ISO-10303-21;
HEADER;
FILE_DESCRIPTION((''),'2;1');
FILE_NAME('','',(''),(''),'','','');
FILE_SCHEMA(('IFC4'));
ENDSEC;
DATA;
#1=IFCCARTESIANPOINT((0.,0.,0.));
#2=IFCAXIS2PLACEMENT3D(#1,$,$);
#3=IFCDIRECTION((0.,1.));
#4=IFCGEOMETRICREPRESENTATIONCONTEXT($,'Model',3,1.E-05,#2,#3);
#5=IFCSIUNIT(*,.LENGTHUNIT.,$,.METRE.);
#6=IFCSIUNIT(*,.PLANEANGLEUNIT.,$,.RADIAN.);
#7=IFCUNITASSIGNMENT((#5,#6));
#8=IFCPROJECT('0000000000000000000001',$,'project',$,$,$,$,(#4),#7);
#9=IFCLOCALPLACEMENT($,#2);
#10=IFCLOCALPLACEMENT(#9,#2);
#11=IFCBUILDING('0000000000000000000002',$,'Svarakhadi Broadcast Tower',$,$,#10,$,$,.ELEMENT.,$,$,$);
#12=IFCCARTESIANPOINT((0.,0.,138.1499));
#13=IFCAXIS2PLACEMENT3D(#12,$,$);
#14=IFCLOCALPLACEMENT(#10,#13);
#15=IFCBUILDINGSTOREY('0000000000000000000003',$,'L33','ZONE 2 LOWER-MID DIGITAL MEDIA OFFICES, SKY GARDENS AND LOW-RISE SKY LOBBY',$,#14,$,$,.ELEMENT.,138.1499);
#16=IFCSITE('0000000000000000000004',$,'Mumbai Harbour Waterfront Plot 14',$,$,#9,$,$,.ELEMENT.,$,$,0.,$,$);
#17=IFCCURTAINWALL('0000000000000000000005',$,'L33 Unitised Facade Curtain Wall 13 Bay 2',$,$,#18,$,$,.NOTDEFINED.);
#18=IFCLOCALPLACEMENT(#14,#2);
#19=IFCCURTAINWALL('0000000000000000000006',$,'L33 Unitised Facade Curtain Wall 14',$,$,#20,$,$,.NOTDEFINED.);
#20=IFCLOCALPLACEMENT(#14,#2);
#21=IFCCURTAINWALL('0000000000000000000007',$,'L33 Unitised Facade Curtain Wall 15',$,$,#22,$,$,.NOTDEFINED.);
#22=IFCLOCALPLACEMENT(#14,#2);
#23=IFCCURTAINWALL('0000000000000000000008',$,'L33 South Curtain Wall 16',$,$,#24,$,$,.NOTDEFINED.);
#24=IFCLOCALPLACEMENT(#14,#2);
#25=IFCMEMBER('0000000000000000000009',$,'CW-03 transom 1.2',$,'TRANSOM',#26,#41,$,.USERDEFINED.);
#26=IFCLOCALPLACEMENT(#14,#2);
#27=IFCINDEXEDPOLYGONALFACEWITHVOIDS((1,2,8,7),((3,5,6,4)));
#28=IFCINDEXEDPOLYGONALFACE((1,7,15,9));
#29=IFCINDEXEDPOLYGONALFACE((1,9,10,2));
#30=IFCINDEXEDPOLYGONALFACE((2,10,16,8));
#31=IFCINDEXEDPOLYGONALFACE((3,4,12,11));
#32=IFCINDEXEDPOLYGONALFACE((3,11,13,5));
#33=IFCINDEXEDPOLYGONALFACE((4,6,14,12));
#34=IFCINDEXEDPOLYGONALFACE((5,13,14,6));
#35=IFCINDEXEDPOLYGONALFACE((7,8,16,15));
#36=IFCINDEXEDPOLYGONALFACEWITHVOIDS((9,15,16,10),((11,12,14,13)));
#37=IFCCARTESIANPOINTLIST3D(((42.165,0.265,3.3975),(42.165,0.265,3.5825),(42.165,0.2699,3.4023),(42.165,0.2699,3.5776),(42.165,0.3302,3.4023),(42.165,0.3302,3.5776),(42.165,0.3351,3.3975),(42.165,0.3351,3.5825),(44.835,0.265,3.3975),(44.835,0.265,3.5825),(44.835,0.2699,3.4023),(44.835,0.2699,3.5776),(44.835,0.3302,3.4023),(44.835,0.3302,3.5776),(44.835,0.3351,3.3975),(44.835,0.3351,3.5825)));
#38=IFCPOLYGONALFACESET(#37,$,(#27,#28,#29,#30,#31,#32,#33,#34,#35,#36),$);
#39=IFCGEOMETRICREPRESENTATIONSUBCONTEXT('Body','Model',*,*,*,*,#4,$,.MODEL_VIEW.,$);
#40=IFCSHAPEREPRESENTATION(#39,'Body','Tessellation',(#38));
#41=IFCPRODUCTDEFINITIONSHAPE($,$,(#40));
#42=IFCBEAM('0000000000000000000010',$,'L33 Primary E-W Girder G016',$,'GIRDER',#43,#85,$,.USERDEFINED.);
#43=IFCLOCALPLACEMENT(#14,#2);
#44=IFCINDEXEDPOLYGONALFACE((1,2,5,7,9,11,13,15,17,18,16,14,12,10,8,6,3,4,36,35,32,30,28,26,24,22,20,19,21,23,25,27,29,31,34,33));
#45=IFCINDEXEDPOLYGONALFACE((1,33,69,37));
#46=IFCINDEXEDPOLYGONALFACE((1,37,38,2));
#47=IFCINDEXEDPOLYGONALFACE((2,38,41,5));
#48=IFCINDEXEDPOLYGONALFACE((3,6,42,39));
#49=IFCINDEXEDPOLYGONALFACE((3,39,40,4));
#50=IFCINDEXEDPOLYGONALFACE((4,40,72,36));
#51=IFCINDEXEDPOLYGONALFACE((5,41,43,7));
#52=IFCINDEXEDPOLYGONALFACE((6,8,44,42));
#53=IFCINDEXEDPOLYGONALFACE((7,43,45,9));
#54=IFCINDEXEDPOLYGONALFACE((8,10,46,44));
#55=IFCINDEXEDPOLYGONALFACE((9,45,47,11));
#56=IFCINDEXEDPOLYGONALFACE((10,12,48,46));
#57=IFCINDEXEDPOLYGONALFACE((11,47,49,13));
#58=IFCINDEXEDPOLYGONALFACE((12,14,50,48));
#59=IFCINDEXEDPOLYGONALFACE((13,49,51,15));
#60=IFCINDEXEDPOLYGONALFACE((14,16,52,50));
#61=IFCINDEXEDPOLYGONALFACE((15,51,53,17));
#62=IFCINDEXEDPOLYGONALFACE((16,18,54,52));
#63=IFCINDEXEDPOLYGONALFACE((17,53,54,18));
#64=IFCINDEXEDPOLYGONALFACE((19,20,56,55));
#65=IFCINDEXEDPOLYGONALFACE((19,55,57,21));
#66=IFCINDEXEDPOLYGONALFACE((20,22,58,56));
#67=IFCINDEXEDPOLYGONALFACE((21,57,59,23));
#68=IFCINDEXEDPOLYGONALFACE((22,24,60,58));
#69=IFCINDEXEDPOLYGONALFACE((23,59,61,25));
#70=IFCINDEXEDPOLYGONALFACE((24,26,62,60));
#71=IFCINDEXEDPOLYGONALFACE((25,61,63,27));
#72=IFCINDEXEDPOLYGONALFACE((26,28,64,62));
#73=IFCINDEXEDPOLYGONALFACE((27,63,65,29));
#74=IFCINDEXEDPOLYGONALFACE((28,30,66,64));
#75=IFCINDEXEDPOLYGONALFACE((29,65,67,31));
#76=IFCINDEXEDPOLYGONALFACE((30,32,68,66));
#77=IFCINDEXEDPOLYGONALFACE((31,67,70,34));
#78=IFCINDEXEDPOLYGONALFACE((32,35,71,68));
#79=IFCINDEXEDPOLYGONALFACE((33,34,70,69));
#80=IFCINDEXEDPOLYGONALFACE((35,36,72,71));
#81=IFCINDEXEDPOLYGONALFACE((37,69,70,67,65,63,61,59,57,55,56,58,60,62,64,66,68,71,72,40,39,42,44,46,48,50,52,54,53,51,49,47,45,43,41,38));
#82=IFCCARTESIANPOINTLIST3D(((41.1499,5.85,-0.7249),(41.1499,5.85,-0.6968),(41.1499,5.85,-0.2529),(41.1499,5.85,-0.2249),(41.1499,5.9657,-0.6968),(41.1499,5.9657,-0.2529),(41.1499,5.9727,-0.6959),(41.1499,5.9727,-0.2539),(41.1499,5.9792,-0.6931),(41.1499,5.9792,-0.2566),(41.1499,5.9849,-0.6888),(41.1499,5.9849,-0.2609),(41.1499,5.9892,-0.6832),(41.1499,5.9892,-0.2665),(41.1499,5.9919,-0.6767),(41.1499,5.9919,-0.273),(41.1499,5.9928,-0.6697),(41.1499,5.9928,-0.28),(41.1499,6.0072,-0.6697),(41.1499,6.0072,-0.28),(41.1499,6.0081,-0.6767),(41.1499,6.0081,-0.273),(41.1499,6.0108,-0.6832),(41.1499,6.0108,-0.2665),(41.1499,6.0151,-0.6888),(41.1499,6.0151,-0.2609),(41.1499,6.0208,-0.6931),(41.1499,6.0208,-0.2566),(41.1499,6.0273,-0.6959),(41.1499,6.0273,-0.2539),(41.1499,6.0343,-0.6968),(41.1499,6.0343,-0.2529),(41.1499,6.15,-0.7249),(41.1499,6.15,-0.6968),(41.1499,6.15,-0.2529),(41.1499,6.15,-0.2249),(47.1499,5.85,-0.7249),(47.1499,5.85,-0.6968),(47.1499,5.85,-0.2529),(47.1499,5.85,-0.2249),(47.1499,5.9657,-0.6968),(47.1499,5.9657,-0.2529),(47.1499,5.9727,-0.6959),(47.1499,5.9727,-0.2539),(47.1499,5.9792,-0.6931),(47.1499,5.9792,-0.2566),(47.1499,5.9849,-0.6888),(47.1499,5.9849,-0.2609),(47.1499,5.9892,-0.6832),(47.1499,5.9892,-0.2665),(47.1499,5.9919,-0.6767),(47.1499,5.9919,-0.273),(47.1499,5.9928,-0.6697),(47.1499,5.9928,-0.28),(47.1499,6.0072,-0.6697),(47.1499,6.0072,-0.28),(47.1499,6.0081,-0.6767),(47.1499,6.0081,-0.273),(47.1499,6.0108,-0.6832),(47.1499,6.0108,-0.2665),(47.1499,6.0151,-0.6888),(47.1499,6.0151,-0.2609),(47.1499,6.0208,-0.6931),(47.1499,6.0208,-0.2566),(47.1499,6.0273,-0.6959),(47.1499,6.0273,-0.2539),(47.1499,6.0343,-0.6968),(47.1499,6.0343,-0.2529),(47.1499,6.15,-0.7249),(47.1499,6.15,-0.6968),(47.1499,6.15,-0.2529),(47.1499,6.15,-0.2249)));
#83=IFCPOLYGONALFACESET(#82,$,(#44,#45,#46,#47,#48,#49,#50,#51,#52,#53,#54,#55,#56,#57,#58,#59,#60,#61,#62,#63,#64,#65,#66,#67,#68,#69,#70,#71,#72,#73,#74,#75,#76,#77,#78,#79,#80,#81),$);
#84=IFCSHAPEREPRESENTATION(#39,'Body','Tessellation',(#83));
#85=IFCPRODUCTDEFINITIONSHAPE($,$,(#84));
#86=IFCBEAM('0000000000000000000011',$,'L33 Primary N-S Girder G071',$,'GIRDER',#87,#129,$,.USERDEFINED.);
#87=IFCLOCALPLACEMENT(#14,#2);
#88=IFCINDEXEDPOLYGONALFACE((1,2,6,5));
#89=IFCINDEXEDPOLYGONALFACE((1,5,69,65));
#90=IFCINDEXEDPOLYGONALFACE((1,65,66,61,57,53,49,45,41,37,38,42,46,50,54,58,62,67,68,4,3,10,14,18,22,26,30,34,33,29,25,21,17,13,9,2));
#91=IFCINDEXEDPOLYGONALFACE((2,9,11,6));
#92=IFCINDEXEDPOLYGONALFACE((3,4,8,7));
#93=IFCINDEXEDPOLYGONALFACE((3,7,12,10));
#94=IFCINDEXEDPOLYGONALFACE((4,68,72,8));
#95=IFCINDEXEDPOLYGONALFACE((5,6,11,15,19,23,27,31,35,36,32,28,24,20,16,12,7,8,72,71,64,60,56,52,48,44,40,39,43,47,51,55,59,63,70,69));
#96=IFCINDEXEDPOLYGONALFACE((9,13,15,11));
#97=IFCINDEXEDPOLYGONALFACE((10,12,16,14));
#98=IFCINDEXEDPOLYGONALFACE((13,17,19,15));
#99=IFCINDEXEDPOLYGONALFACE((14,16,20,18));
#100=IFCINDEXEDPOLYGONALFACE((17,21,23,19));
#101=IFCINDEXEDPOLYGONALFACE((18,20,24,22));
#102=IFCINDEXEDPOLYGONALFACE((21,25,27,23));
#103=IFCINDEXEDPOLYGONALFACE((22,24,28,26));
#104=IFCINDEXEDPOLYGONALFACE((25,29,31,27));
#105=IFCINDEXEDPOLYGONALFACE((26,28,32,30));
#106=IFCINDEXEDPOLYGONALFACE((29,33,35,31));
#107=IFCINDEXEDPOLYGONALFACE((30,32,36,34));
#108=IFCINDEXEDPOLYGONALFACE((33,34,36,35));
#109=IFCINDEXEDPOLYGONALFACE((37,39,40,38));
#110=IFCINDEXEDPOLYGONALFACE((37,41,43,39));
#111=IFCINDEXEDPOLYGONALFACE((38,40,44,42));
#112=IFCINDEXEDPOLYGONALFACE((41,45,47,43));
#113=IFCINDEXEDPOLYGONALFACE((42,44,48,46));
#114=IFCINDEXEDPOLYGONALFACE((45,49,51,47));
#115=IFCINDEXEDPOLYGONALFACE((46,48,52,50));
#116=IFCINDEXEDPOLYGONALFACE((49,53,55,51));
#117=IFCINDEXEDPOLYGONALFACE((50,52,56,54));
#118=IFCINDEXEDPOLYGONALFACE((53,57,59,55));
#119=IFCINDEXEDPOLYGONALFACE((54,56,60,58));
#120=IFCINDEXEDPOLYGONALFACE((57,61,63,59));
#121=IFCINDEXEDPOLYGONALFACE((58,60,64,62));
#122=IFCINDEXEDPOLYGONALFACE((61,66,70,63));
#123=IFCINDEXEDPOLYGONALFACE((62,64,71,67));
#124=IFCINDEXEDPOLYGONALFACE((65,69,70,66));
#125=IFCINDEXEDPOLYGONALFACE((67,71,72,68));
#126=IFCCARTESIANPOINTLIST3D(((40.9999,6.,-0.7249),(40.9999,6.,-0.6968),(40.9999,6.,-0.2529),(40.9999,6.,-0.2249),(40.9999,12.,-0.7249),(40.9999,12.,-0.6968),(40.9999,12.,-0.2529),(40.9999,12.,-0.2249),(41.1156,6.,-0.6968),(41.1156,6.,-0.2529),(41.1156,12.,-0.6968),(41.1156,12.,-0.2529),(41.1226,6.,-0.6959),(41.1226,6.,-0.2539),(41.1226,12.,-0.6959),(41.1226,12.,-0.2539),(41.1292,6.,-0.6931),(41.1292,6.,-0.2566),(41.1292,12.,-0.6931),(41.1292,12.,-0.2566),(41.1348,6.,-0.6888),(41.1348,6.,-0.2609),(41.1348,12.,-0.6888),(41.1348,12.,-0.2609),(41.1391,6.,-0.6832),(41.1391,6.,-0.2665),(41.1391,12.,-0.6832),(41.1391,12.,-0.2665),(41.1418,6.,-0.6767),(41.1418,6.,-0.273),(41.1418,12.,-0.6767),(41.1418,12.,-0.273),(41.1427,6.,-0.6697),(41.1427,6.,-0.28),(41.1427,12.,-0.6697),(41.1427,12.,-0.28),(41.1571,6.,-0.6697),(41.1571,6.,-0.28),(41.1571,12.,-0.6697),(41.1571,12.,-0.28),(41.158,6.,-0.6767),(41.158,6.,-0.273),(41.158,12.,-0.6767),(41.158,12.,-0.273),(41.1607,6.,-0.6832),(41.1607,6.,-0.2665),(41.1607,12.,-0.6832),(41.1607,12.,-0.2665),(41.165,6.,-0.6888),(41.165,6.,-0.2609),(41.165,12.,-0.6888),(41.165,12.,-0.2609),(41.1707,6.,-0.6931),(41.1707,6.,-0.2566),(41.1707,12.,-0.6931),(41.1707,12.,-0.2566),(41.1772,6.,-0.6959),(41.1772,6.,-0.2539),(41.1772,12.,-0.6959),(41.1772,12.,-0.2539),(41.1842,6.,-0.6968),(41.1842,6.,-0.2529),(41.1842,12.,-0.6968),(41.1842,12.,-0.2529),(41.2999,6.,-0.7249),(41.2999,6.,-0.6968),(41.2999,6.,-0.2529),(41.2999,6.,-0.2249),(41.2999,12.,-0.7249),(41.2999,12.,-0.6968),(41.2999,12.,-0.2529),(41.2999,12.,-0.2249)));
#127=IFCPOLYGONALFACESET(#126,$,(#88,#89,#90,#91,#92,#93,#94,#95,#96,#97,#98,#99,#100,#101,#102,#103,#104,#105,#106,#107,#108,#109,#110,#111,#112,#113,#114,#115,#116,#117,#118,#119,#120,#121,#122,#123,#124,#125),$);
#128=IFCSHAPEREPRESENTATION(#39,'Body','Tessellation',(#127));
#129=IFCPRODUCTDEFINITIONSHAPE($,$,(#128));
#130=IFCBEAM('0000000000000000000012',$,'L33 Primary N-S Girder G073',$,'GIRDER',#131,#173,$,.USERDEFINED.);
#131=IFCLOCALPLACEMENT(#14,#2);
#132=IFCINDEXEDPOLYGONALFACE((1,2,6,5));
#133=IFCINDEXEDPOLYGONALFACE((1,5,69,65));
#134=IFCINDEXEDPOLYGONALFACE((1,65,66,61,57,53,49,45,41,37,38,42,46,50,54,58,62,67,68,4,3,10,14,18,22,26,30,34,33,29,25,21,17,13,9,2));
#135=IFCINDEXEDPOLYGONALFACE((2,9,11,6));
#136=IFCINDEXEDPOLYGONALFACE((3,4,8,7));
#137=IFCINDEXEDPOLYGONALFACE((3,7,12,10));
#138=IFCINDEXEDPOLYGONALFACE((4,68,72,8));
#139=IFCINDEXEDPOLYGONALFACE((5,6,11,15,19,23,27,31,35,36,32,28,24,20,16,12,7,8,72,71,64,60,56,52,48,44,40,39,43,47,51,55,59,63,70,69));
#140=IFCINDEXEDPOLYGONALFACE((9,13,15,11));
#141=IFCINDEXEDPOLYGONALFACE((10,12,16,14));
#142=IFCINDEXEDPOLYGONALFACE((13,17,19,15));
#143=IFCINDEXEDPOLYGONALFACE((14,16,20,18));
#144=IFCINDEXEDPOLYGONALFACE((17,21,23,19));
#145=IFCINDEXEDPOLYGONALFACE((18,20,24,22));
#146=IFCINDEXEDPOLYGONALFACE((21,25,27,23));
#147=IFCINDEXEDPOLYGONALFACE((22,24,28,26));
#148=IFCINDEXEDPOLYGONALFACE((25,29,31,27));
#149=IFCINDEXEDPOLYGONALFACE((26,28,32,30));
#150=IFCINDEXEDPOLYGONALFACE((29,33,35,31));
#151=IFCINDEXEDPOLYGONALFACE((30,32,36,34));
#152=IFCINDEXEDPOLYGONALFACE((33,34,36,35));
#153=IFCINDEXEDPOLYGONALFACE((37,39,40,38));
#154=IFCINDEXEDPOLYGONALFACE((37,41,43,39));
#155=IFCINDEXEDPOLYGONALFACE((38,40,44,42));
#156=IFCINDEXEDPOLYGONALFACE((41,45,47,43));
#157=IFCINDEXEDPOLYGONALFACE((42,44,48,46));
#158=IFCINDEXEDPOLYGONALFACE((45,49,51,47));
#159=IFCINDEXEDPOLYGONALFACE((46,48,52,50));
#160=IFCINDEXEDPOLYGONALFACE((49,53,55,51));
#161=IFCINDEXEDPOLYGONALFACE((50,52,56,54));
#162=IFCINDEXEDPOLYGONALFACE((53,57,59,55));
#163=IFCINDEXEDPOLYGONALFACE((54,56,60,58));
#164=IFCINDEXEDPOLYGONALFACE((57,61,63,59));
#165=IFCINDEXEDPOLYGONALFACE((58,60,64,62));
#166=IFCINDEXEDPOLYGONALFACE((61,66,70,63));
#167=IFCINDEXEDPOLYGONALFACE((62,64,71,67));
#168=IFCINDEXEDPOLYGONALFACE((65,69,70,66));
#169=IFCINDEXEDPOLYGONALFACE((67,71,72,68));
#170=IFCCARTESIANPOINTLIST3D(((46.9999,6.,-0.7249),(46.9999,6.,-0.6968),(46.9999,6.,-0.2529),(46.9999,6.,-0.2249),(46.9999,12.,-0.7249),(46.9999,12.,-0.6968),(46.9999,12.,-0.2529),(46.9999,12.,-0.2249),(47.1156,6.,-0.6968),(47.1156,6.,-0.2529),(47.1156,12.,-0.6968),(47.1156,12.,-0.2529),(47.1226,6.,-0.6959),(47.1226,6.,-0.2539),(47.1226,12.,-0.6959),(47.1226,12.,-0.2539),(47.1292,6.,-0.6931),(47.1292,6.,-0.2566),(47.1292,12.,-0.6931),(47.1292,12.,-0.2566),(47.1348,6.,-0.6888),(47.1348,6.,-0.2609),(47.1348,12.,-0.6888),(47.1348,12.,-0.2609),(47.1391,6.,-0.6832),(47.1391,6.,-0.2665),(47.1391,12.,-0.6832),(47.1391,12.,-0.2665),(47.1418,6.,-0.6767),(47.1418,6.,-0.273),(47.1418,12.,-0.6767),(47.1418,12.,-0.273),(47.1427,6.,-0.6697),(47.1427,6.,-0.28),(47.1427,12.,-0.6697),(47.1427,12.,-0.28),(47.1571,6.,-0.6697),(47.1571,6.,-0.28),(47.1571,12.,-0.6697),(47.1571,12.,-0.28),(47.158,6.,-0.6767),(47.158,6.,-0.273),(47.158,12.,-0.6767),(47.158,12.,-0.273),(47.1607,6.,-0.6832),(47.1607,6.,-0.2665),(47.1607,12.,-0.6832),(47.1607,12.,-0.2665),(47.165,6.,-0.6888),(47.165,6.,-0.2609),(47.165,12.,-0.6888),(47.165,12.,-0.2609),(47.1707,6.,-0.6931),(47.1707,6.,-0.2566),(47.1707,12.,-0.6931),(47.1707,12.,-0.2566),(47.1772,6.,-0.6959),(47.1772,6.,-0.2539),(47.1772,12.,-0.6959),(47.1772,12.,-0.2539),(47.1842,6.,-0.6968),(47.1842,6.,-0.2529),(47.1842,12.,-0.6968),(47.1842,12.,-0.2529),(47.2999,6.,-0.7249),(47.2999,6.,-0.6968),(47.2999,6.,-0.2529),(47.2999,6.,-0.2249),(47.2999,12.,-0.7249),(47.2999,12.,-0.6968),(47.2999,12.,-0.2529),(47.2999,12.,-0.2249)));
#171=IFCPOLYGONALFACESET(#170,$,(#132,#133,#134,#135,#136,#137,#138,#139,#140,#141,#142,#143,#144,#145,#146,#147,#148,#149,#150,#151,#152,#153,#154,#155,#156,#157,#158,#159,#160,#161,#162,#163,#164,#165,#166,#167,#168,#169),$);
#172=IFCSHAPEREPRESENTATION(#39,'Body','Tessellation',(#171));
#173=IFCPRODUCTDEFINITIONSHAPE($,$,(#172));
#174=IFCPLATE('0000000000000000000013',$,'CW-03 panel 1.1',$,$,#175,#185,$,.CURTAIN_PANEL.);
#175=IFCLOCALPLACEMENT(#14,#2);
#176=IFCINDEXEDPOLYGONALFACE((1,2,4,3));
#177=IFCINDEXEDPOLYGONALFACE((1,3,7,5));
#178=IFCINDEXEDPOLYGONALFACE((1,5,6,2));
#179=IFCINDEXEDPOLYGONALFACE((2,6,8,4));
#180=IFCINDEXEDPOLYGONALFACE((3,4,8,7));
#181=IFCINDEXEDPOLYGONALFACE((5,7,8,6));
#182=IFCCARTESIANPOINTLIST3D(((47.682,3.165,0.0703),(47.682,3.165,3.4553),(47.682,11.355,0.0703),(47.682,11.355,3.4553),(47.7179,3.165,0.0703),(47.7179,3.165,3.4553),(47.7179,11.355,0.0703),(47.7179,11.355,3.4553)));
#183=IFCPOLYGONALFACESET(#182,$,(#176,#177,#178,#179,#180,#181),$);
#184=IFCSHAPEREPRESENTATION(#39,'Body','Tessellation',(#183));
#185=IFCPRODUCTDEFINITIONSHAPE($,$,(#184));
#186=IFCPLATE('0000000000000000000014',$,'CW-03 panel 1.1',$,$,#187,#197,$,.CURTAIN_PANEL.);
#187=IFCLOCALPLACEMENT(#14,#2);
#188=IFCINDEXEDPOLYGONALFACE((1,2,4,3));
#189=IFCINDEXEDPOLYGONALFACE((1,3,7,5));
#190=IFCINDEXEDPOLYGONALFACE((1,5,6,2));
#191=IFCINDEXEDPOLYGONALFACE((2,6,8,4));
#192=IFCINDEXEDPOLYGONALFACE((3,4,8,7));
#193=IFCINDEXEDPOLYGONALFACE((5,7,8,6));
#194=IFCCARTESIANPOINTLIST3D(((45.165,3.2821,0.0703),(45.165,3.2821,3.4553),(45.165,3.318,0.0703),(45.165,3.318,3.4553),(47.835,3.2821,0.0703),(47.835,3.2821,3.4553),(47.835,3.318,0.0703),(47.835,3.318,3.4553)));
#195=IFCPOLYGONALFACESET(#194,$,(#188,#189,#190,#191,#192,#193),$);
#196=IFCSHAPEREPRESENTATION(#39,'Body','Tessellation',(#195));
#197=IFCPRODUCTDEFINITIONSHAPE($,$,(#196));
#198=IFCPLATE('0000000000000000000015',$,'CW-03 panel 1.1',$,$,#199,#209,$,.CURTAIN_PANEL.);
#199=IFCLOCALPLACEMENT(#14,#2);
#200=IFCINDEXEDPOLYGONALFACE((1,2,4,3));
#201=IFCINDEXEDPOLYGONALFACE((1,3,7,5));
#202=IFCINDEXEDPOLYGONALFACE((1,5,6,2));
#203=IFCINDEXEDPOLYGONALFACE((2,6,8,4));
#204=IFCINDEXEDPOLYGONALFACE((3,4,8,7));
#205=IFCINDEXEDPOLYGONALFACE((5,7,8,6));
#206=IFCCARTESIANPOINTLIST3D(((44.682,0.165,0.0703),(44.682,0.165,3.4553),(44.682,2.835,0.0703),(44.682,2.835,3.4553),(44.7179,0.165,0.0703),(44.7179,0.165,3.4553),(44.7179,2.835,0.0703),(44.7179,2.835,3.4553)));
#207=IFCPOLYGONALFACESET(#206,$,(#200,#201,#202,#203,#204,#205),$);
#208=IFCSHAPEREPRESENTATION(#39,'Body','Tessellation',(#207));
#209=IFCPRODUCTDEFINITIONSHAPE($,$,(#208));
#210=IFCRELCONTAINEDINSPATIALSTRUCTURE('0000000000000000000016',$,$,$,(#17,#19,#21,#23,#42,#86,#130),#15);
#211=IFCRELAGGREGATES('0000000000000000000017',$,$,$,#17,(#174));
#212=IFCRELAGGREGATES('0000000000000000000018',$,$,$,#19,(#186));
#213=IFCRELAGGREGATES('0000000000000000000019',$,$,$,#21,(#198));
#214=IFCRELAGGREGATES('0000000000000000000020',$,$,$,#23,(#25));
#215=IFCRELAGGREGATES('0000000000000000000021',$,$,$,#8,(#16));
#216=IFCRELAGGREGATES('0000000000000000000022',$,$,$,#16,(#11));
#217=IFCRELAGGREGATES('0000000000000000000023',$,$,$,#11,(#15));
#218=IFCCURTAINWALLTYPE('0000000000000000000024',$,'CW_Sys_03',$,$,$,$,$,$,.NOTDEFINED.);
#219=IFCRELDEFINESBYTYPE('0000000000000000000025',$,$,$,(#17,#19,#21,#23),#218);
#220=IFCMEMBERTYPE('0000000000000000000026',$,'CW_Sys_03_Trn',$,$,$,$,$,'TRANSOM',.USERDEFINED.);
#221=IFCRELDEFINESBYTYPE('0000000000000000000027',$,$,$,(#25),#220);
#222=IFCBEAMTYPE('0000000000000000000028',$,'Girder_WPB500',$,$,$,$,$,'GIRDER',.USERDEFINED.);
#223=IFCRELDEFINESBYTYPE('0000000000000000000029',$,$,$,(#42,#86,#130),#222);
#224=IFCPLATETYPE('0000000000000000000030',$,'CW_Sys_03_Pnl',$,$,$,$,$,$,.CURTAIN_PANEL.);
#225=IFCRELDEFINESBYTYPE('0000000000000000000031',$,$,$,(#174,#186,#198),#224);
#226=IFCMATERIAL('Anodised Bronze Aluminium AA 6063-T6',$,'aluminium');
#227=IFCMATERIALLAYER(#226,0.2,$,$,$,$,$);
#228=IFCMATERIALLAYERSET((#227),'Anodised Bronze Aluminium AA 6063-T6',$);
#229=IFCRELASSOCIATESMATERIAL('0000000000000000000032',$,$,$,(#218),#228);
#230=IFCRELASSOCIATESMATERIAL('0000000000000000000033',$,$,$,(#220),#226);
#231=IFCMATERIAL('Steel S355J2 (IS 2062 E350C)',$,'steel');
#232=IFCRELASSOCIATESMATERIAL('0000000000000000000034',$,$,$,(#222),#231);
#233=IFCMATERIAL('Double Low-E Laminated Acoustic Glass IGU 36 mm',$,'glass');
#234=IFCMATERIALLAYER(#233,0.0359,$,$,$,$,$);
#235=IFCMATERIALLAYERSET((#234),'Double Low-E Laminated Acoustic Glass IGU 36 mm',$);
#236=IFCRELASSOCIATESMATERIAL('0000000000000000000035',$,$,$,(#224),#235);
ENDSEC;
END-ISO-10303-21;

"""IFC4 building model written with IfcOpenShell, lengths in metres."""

from ifc_helpers import new_model, si_unit, direction, frame, origin, origin_2d, place, context, subcontext, project, spatial, rectangle, hollow_rectangle, i_section, extrude, material, layer, layer_set, material_profile, profile_set, type_object, element, aggregate, save


model = new_model("IFC4")

# Units and contexts
model_context = context("Model", 3, precision=1e-05, world=origin(), true_north=direction((0.0, 1.0)))
body_context = subcontext(model_context, "Body", "Model", "MODEL_VIEW")
ifc_project = project(units=[si_unit("LENGTHUNIT", "METRE"), si_unit("PLANEANGLEUNIT", "RADIAN")], contexts=[model_context])

# Site, building, storey
site_placement = place(None, origin())
site = spatial("IfcSite", under=ifc_project, at=site_placement, Name="Mumbai Harbour Waterfront Plot 14", CompositionType="ELEMENT", RefElevation=0.0)
building_placement = place(site_placement, origin())
building = spatial("IfcBuilding", under=site, at=building_placement, Name="Svarakhadi Broadcast Tower", CompositionType="ELEMENT")
storey_placement = place(building_placement, frame((0.0, 0.0, 138.1499)))
storey = spatial("IfcBuildingStorey", under=building, at=storey_placement, Name="L33", Description="ZONE 2 LOWER-MID DIGITAL MEDIA OFFICES, SKY GARDENS AND LOW-RISE SKY LOBBY", CompositionType="ELEMENT", Elevation=138.1499)

# Shared definitions
ifc_material_1 = material(Name="Steel S355J2 (IS 2062 E350C)", Category="steel")

# Curtain walls
ifc_material_2 = material(Name="Anodised Bronze Aluminium AA 6063-T6", Category="aluminium")
ifc_layer_1 = layer(ifc_material_2, 0.2)
ifc_layer_set_1 = layer_set([ifc_layer_1], Name="Anodised Bronze Aluminium AA 6063-T6")
curtain_wall_type = type_object("IfcCurtainWallType", Name="CW_Sys_03", PredefinedType="NOTDEFINED", material=ifc_layer_set_1)
curtain_wall_1_placement = place(storey_placement, origin())
curtain_wall_1 = element("IfcCurtainWall", 1, at=curtain_wall_1_placement, inside=storey, type_object=curtain_wall_type, Name="L33 Unitised Facade Curtain Wall 13 Bay 2", PredefinedType="NOTDEFINED")
curtain_wall_2_placement = place(storey_placement, origin())
curtain_wall_2 = element("IfcCurtainWall", 2, at=curtain_wall_2_placement, inside=storey, type_object=curtain_wall_type, Name="L33 Unitised Facade Curtain Wall 14", PredefinedType="NOTDEFINED")
curtain_wall_3_placement = place(storey_placement, origin())
curtain_wall_3 = element("IfcCurtainWall", 3, at=curtain_wall_3_placement, inside=storey, type_object=curtain_wall_type, Name="L33 Unitised Facade Curtain Wall 15", PredefinedType="NOTDEFINED")
curtain_wall_4_placement = place(storey_placement, origin())
curtain_wall_4 = element("IfcCurtainWall", 4, at=curtain_wall_4_placement, inside=storey, type_object=curtain_wall_type, Name="L33 South Curtain Wall 16", PredefinedType="NOTDEFINED")

# Member
ifc_material_profile_1 = material_profile(ifc_material_2, hollow_rectangle(XDim=0.0701, YDim=0.1851, WallThickness=0.0049, at=origin_2d()), Name="ALU TRANSOM 185x70x5")
ifc_profile_set_1 = profile_set([ifc_material_profile_1], Name="Anodised Bronze Aluminium AA 6063-T6")
member_type_1 = type_object("IfcMemberType", Name="CW_Sys_03_Trn", ElementType="TRANSOM", PredefinedType="USERDEFINED", material=ifc_profile_set_1)
member_1_placement = place(storey_placement, frame((44.835, 0.3, 3.49), z_axis=(-1.0, 0.0, 0.0), x_axis=(0.0, -1.0, 0.0)))
member_1 = element("IfcMember", 5, at=member_1_placement, type_object=member_type_1, Name="CW-03 transom 1.2", ObjectType="TRANSOM", PredefinedType="USERDEFINED", context=body_context, shape_type="SweptSolid", body=[
    extrude(hollow_rectangle(XDim=0.0701, YDim=0.1851, WallThickness=0.0049, at=origin_2d()), origin(), (0.0, 0.0, 1.0), 2.6699),
])

# Beams
ifc_material_profile_2 = material_profile(ifc_material_1, i_section(OverallWidth=0.3, OverallDepth=0.5, WebThickness=0.0144, FlangeThickness=0.0281, FilletRadius=0.0271, at=origin_2d()), Name="WPB 500x300x187")
ifc_profile_set_2 = profile_set([ifc_material_profile_2], Name="Steel S355J2 (IS 2062 E350C)")
beam_type_1 = type_object("IfcBeamType", Name="Girder_WPB500", ElementType="GIRDER", PredefinedType="USERDEFINED", material=ifc_profile_set_2)
for number, where, z_axis, x_axis, name in (
    (6, (41.1499, 6.0, -0.4749), (1.0, 0.0, 0.0), (0.0, 1.0, 0.0), "L33 Primary E-W Girder G016"),
    (7, (41.1499, 6.0, -0.4749), (0.0, 1.0, 0.0), (-1.0, 0.0, 0.0), "L33 Primary N-S Girder G071"),
    (8, (47.1499, 6.0, -0.4749), (0.0, 1.0, 0.0), (-1.0, 0.0, 0.0), "L33 Primary N-S Girder G073"),
):
    element("IfcBeam", number, at=place(storey_placement, frame(where, z_axis=z_axis, x_axis=x_axis)), inside=storey, type_object=beam_type_1, Name=name, ObjectType="GIRDER", PredefinedType="USERDEFINED", context=body_context, shape_type="SweptSolid", body=[
        extrude(i_section(OverallWidth=0.3, OverallDepth=0.5, WebThickness=0.0144, FlangeThickness=0.0281, FilletRadius=0.0271, at=origin_2d()), origin(), (0.0, 0.0, 1.0), 6.0),
    ])

# Plates
ifc_material_3 = material(Name="Double Low-E Laminated Acoustic Glass IGU 36 mm", Category="glass")
ifc_layer_2 = layer(ifc_material_3, 0.0359)
ifc_layer_set_2 = layer_set([ifc_layer_2], Name="Double Low-E Laminated Acoustic Glass IGU 36 mm")
plate_type_1 = type_object("IfcPlateType", Name="CW_Sys_03_Pnl", PredefinedType="CURTAIN_PANEL", material=ifc_layer_set_2)
plate_1_placement = place(storey_placement, frame((47.7, 7.26, 0.0703), z_axis=(0.0, 0.0, 1.0), x_axis=(0.0, -1.0, 0.0)))
plate_1 = element("IfcPlate", 9, at=plate_1_placement, type_object=plate_type_1, Name="CW-03 panel 1.1", PredefinedType="CURTAIN_PANEL", context=body_context, shape_type="SweptSolid", body=[
    extrude(rectangle(XDim=8.1899, YDim=0.0359, at=origin_2d()), origin(), (0.0, 0.0, 1.0), 3.385),
])
aggregate(curtain_wall_1, [plate_1])
plate_2_placement = place(storey_placement, frame((46.5, 3.3, 0.0703), z_axis=(0.0, 0.0, 1.0), x_axis=(-1.0, 0.0, 0.0)))
plate_2 = element("IfcPlate", 10, at=plate_2_placement, type_object=plate_type_1, Name="CW-03 panel 1.1", PredefinedType="CURTAIN_PANEL", context=body_context, shape_type="SweptSolid", body=[
    extrude(rectangle(XDim=2.6699, YDim=0.0359, at=origin_2d()), origin(), (0.0, 0.0, 1.0), 3.385),
])
aggregate(curtain_wall_2, [plate_2])
plate_3_placement = place(storey_placement, frame((44.7, 1.5, 0.0703), z_axis=(0.0, 0.0, 1.0), x_axis=(0.0, -1.0, 0.0)))
plate_3 = element("IfcPlate", 11, at=plate_3_placement, type_object=plate_type_1, Name="CW-03 panel 1.1", PredefinedType="CURTAIN_PANEL", context=body_context, shape_type="SweptSolid", body=[
    extrude(rectangle(XDim=2.6699, YDim=0.0359, at=origin_2d()), origin(), (0.0, 0.0, 1.0), 3.385),
])
aggregate(curtain_wall_3, [plate_3])
aggregate(curtain_wall_4, [member_1])

save(model, "model.ifc")
